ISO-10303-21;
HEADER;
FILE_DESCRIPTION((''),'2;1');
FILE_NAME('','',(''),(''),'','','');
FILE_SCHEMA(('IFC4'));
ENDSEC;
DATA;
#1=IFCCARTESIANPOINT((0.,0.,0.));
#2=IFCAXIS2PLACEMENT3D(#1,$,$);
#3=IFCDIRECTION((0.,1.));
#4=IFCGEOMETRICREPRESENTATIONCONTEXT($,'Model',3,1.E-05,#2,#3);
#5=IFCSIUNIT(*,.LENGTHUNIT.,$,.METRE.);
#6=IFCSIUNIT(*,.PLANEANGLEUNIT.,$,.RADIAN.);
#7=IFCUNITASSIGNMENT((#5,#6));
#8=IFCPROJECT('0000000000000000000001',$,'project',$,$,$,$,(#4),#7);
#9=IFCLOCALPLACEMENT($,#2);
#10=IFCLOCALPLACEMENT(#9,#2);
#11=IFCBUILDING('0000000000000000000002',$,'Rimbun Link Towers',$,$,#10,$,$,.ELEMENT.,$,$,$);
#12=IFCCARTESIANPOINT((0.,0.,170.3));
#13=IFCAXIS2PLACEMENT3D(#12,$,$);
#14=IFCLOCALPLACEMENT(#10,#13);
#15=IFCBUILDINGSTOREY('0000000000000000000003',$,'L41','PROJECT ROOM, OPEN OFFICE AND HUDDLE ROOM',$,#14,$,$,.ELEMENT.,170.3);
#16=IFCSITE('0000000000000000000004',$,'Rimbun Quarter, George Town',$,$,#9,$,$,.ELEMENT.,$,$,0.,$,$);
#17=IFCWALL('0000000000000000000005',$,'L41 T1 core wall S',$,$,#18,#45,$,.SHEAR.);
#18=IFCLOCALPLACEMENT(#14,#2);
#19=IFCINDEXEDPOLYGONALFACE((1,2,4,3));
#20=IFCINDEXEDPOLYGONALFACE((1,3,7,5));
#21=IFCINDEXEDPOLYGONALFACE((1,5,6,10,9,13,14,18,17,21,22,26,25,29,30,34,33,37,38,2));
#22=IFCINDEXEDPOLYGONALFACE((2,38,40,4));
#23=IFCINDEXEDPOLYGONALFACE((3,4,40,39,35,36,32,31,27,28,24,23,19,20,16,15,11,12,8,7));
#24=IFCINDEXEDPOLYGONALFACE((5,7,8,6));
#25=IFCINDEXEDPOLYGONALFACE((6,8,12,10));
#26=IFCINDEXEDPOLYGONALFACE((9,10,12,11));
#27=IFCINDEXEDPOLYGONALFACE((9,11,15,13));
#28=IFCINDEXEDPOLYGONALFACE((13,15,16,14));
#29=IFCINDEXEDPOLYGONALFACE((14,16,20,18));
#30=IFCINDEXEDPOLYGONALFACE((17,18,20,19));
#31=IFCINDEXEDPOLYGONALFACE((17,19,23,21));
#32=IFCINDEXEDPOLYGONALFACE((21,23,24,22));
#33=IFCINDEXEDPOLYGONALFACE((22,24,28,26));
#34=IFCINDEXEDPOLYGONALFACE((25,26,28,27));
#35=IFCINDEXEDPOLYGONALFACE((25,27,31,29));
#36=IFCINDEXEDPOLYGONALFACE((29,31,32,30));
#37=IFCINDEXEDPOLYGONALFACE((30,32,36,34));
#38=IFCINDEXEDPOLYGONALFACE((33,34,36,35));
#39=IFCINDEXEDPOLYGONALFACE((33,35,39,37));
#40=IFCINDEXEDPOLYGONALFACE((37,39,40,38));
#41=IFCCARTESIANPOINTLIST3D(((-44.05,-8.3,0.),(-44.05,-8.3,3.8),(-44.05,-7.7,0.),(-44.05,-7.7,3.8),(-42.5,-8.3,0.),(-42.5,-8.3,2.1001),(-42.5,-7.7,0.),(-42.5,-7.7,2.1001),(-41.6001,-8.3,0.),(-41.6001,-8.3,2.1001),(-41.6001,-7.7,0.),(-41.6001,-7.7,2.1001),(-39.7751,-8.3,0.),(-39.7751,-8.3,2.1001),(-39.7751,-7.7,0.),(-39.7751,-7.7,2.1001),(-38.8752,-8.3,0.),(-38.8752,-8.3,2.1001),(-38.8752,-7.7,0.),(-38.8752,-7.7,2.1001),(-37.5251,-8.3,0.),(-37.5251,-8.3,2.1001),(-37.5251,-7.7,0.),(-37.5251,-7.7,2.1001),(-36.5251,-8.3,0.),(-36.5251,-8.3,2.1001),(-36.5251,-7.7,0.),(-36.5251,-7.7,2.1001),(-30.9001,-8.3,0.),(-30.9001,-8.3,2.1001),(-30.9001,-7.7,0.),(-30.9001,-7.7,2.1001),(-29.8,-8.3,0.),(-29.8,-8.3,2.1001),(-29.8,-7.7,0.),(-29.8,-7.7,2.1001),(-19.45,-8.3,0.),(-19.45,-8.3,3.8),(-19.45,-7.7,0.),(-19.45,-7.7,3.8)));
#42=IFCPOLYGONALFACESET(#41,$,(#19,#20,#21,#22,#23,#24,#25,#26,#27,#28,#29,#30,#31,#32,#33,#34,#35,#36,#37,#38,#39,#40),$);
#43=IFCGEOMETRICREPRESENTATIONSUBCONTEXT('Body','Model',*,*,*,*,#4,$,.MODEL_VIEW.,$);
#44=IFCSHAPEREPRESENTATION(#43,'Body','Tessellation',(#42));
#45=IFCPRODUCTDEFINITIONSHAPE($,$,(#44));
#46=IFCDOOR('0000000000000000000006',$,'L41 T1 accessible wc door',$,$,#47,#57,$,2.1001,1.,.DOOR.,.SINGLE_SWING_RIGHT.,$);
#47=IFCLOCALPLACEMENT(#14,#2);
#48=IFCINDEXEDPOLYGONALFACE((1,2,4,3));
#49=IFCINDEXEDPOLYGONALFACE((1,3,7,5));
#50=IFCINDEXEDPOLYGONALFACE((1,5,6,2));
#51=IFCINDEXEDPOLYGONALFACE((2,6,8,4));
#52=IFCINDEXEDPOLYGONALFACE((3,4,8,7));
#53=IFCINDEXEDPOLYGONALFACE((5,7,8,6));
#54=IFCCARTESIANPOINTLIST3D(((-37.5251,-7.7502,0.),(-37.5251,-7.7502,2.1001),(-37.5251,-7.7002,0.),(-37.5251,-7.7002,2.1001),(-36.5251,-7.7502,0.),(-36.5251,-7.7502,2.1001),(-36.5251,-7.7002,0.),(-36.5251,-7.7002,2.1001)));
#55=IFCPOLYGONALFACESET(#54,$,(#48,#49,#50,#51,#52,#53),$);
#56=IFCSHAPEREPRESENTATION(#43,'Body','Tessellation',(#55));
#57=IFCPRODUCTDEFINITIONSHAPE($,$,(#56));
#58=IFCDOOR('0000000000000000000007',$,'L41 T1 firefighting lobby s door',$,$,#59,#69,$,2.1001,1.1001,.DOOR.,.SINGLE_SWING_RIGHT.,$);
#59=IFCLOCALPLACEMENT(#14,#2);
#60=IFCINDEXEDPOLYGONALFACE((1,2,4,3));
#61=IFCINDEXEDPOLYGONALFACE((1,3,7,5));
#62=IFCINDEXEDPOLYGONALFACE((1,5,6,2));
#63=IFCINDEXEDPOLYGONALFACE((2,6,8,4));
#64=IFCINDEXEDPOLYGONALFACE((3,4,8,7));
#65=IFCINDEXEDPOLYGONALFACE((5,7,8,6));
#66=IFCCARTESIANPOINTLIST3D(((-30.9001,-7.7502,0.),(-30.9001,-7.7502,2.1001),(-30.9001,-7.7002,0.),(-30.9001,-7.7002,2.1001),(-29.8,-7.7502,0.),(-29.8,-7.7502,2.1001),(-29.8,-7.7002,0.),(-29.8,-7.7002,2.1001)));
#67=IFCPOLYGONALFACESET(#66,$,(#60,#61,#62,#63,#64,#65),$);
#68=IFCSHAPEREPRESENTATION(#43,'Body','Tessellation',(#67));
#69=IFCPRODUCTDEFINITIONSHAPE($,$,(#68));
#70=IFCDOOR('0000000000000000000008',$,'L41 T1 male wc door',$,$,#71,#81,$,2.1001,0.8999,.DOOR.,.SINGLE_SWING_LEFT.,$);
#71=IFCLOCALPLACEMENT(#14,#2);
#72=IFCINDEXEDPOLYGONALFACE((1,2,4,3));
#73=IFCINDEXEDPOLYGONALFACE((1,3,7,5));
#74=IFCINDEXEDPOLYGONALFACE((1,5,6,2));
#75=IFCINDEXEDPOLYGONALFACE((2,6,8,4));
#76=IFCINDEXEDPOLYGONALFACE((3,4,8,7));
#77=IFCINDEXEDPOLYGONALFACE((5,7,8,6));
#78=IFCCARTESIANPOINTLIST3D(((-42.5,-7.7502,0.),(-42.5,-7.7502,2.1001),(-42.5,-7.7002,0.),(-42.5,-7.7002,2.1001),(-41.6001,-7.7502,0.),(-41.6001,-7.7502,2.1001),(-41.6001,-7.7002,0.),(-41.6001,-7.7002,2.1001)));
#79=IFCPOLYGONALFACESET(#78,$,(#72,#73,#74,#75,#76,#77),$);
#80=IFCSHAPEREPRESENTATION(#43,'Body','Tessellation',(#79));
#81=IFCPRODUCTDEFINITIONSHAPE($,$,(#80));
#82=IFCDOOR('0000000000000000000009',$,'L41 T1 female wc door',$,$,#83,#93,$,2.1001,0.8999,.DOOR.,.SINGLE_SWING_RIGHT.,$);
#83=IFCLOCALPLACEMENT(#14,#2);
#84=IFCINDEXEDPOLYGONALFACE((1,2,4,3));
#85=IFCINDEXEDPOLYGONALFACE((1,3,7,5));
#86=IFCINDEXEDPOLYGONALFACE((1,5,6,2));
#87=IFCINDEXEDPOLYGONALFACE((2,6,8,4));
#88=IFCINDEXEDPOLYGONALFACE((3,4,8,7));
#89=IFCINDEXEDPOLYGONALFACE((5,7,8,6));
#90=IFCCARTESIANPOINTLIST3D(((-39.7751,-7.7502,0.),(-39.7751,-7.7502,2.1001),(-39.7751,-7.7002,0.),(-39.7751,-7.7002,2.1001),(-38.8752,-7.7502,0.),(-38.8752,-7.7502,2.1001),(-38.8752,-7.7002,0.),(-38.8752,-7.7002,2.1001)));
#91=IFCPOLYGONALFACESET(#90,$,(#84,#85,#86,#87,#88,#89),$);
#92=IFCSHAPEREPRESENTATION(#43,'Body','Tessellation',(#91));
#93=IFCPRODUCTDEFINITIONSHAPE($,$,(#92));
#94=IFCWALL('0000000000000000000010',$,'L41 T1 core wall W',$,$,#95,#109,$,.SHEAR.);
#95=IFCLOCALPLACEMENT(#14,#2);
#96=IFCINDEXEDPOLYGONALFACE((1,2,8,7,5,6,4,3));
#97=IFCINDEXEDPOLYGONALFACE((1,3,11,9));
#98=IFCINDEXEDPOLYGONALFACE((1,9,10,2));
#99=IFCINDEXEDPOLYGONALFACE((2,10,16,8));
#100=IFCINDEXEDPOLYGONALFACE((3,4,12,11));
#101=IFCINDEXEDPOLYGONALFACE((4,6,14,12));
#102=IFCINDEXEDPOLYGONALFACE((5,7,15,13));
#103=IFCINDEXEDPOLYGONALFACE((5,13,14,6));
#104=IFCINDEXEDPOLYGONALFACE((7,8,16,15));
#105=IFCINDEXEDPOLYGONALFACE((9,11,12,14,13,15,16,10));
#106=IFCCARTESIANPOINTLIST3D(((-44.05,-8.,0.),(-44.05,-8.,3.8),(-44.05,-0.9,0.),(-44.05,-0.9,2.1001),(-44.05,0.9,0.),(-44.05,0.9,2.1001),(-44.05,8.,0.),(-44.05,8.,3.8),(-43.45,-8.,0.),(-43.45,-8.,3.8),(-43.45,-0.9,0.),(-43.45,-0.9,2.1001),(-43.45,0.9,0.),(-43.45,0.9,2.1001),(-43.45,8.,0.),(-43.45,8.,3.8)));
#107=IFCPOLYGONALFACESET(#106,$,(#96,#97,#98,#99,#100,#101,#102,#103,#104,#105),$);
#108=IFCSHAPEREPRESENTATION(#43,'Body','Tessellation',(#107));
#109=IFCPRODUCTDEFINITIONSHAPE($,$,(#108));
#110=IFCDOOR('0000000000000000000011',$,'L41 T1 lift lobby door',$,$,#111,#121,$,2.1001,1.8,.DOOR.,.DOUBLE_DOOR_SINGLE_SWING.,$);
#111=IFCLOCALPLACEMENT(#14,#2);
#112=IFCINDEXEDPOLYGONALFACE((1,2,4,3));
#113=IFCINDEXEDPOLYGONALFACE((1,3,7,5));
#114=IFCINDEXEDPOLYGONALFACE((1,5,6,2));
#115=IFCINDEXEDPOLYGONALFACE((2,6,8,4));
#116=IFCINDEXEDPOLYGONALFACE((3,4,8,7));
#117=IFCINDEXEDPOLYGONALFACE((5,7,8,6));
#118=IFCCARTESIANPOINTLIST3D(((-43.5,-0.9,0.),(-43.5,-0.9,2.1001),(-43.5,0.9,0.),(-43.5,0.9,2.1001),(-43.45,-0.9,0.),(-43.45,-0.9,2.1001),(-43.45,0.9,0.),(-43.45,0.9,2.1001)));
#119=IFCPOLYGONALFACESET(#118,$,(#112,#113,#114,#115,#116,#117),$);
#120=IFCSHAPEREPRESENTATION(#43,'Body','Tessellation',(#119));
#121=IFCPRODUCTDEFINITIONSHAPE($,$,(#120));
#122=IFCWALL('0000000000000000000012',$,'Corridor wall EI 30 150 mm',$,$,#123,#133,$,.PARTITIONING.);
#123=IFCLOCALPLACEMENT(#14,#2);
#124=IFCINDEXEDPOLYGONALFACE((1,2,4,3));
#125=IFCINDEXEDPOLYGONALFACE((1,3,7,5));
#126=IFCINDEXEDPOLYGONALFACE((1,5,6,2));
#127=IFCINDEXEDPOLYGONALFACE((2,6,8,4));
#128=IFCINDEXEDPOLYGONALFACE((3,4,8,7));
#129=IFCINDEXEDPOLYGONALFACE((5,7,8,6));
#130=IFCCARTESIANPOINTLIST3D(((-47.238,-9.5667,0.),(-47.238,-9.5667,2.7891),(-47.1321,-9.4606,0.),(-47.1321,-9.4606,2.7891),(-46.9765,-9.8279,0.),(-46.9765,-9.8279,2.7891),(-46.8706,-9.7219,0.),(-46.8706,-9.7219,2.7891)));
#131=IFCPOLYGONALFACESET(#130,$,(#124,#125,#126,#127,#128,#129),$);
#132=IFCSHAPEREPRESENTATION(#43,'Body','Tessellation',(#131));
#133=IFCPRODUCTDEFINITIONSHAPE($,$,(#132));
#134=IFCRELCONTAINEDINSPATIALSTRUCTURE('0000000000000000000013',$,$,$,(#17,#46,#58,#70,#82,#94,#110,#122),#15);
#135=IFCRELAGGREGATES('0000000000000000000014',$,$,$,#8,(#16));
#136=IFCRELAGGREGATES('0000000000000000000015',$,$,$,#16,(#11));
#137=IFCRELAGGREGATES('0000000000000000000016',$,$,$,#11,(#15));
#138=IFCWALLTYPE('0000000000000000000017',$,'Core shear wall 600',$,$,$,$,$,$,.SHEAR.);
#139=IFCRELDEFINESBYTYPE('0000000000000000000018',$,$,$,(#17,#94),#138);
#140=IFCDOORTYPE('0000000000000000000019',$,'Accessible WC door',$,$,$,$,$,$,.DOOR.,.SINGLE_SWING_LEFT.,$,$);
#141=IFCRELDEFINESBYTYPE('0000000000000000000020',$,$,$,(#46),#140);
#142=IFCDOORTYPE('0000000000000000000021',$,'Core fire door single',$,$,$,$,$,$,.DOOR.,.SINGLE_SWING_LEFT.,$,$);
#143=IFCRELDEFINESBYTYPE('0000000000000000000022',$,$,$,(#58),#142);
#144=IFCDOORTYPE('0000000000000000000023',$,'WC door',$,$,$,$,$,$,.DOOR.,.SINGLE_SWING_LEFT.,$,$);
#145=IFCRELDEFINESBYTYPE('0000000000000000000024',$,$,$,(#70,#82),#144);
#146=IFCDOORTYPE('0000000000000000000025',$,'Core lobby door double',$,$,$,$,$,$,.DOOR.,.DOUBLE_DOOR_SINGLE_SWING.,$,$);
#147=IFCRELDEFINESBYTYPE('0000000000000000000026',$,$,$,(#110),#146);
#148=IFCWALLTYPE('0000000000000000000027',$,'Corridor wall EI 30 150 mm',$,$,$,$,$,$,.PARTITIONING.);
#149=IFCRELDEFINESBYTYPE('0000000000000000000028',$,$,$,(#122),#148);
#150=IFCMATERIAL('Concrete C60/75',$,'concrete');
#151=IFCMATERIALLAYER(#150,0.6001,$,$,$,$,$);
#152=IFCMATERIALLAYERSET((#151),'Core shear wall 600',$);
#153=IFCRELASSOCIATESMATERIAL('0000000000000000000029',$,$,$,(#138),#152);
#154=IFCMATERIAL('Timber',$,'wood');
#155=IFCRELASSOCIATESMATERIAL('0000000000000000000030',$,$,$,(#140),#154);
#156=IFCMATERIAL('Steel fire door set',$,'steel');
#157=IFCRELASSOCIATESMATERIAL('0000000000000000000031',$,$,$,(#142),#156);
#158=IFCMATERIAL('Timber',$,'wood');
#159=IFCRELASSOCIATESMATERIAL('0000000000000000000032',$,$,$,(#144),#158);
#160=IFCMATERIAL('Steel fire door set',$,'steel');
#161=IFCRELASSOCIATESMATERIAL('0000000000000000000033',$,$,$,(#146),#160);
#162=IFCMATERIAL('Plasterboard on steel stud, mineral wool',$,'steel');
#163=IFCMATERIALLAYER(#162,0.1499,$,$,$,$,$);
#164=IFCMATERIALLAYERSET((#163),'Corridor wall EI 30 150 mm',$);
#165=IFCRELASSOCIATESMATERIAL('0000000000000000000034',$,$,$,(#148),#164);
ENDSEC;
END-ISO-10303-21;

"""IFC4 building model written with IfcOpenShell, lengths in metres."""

from ifc_helpers import new_model, si_unit, direction, frame, frame_2d, origin, place, context, subcontext, project, spatial, rectangle, extrude, material, layer, layer_set, type_object, element, fill, save


model = new_model("IFC4")

# Units and contexts
model_context = context("Model", 3, precision=1e-05, world=origin(), true_north=direction((0.0, 1.0)))
body_context = subcontext(model_context, "Body", "Model", "MODEL_VIEW")
ifc_project = project(units=[si_unit("LENGTHUNIT", "METRE"), si_unit("PLANEANGLEUNIT", "RADIAN")], contexts=[model_context])

# Site, building, storey
site_placement = place(None, origin())
site = spatial("IfcSite", under=ifc_project, at=site_placement, Name="Rimbun Quarter, George Town", CompositionType="ELEMENT", RefElevation=0.0)
building_placement = place(site_placement, origin())
building = spatial("IfcBuilding", under=site, at=building_placement, Name="Rimbun Link Towers", CompositionType="ELEMENT")
storey_placement = place(building_placement, frame((0.0, 0.0, 170.3)))
storey = spatial("IfcBuildingStorey", under=building, at=storey_placement, Name="L41", Description="PROJECT ROOM, OPEN OFFICE AND HUDDLE ROOM", CompositionType="ELEMENT", Elevation=170.3)

# Wall, openings, doors
ifc_material_1 = material(Name="Concrete C60/75", Category="concrete")
ifc_layer_1 = layer(ifc_material_1, 0.6001)
ifc_layer_set_1 = layer_set([ifc_layer_1], Name="Core shear wall 600")
wall_type_1 = type_object("IfcWallType", Name="Core shear wall 600", PredefinedType="SHEAR", material=ifc_layer_set_1)
wall_1_placement = place(storey_placement, frame((-44.05, -8.0, 0.0), z_axis=(0.0, 0.0, 1.0), x_axis=(1.0, 0.0, 0.0)))
wall_1 = element("IfcWall", 1, at=wall_1_placement, inside=storey, type_object=wall_type_1, Name="L41 T1 core wall S", PredefinedType="SHEAR", context=body_context, shape_type="SweptSolid", body=[
    extrude(rectangle(XDim=24.6001, YDim=0.6001, at=frame_2d((12.3, 0.0))), origin(), (0.0, 0.0, 1.0), 3.8),
])
opening_1_placement = place(wall_1_placement, frame((13.1499, 0.0, 0.0)))
opening_1 = element("IfcOpeningElement", 2, at=opening_1_placement, cuts=wall_1, PredefinedType="OPENING", context=body_context, shape_type="SweptSolid", body=[
    extrude(rectangle(XDim=1.1001, YDim=2.1001, at=frame_2d((0.55, 1.05))), frame((0.0, 0.3101, 0.0), z_axis=(0.0, -1.0, 0.0), x_axis=(1.0, 0.0, 0.0)), (0.0, 0.0, 1.0), 0.6201),
])
opening_2_placement = place(wall_1_placement, frame((1.55, 0.0, 0.0)))
opening_2 = element("IfcOpeningElement", 3, at=opening_2_placement, cuts=wall_1, PredefinedType="OPENING", context=body_context, shape_type="SweptSolid", body=[
    extrude(rectangle(XDim=0.8999, YDim=2.1001, at=frame_2d((0.45, 1.05))), frame((0.0, 0.3101, 0.0), z_axis=(0.0, -1.0, 0.0), x_axis=(1.0, 0.0, 0.0)), (0.0, 0.0, 1.0), 0.6201),
])
opening_3_placement = place(wall_1_placement, frame((4.2749, 0.0, 0.0)))
opening_3 = element("IfcOpeningElement", 4, at=opening_3_placement, cuts=wall_1, PredefinedType="OPENING", context=body_context, shape_type="SweptSolid", body=[
    extrude(rectangle(XDim=0.8999, YDim=2.1001, at=frame_2d((0.45, 1.05))), frame((0.0, 0.3101, 0.0), z_axis=(0.0, -1.0, 0.0), x_axis=(1.0, 0.0, 0.0)), (0.0, 0.0, 1.0), 0.6201),
])
opening_4_placement = place(wall_1_placement, frame((6.5249, 0.0, 0.0)))
opening_4 = element("IfcOpeningElement", 5, at=opening_4_placement, cuts=wall_1, PredefinedType="OPENING", context=body_context, shape_type="SweptSolid", body=[
    extrude(rectangle(XDim=1.0, YDim=2.1001, at=frame_2d((0.5, 1.05))), frame((0.0, 0.3101, 0.0), z_axis=(0.0, -1.0, 0.0), x_axis=(1.0, 0.0, 0.0)), (0.0, 0.0, 1.0), 0.6201),
])
ifc_material_2 = material(Name="Timber", Category="wood")
door_type_1 = type_object("IfcDoorType", Name="Accessible WC door", OperationType="SINGLE_SWING_LEFT", PredefinedType="DOOR", material=ifc_material_2)
door_1_placement = place(opening_4_placement, origin())
door_1 = element("IfcDoor", 6, at=door_1_placement, inside=storey, type_object=door_type_1, Name="L41 T1 accessible wc door", OperationType="SINGLE_SWING_RIGHT", OverallHeight=2.1001, OverallWidth=1.0, PredefinedType="DOOR", context=body_context, shape_type="SweptSolid", body=[
    extrude(rectangle(XDim=1.0, YDim=2.1001, at=frame_2d((0.5, 1.05))), frame((0.0, 0.2998, 0.0), z_axis=(0.0, -1.0, 0.0), x_axis=(1.0, 0.0, 0.0)), (0.0, 0.0, 1.0), 0.05),
])
fill(opening_4, door_1)
ifc_material_3 = material(Name="Steel fire door set", Category="steel")
door_type_2 = type_object("IfcDoorType", Name="Core fire door single", OperationType="SINGLE_SWING_LEFT", PredefinedType="DOOR", material=ifc_material_3)
door_2_placement = place(opening_1_placement, origin())
door_2 = element("IfcDoor", 7, at=door_2_placement, inside=storey, type_object=door_type_2, Name="L41 T1 firefighting lobby s door", OperationType="SINGLE_SWING_RIGHT", OverallHeight=2.1001, OverallWidth=1.1001, PredefinedType="DOOR", context=body_context, shape_type="SweptSolid", body=[
    extrude(rectangle(XDim=1.1001, YDim=2.1001, at=frame_2d((0.55, 1.05))), frame((0.0, 0.2998, 0.0), z_axis=(0.0, -1.0, 0.0), x_axis=(1.0, 0.0, 0.0)), (0.0, 0.0, 1.0), 0.05),
])
fill(opening_1, door_2)
ifc_material_4 = material(Name="Timber", Category="wood")
door_type_3 = type_object("IfcDoorType", Name="WC door", OperationType="SINGLE_SWING_LEFT", PredefinedType="DOOR", material=ifc_material_4)
door_3_placement = place(opening_2_placement, origin())
door_3 = element("IfcDoor", 8, at=door_3_placement, inside=storey, type_object=door_type_3, Name="L41 T1 male wc door", OperationType="SINGLE_SWING_LEFT", OverallHeight=2.1001, OverallWidth=0.8999, PredefinedType="DOOR", context=body_context, shape_type="SweptSolid", body=[
    extrude(rectangle(XDim=0.8999, YDim=2.1001, at=frame_2d((0.45, 1.05))), frame((0.0, 0.2998, 0.0), z_axis=(0.0, -1.0, 0.0), x_axis=(1.0, 0.0, 0.0)), (0.0, 0.0, 1.0), 0.05),
])
fill(opening_2, door_3)
door_4_placement = place(opening_3_placement, origin())
door_4 = element("IfcDoor", 9, at=door_4_placement, inside=storey, type_object=door_type_3, Name="L41 T1 female wc door", OperationType="SINGLE_SWING_RIGHT", OverallHeight=2.1001, OverallWidth=0.8999, PredefinedType="DOOR", context=body_context, shape_type="SweptSolid", body=[
    extrude(rectangle(XDim=0.8999, YDim=2.1001, at=frame_2d((0.45, 1.05))), frame((0.0, 0.2998, 0.0), z_axis=(0.0, -1.0, 0.0), x_axis=(1.0, 0.0, 0.0)), (0.0, 0.0, 1.0), 0.05),
])
fill(opening_3, door_4)

# Wall, opening, door
wall_2_placement = place(storey_placement, frame((-43.75, -8.0, 0.0), z_axis=(0.0, 0.0, 1.0), x_axis=(0.0, 1.0, 0.0)))
wall_2 = element("IfcWall", 10, at=wall_2_placement, inside=storey, type_object=wall_type_1, Name="L41 T1 core wall W", PredefinedType="SHEAR", context=body_context, shape_type="SweptSolid", body=[
    extrude(rectangle(XDim=16.0, YDim=0.6001, at=frame_2d((8.0, 0.0))), origin(), (0.0, 0.0, 1.0), 3.8),
])
opening_5_placement = place(wall_2_placement, frame((7.1001, 0.0, 0.0)))
opening_5 = element("IfcOpeningElement", 11, at=opening_5_placement, cuts=wall_2, PredefinedType="OPENING", context=body_context, shape_type="SweptSolid", body=[
    extrude(rectangle(XDim=1.8, YDim=2.1001, at=frame_2d((0.8999, 1.05))), frame((0.0, 0.3101, 0.0), z_axis=(0.0, -1.0, 0.0), x_axis=(1.0, 0.0, 0.0)), (0.0, 0.0, 1.0), 0.6201),
])
ifc_material_5 = material(Name="Steel fire door set", Category="steel")
door_type_4 = type_object("IfcDoorType", Name="Core lobby door double", OperationType="DOUBLE_DOOR_SINGLE_SWING", PredefinedType="DOOR", material=ifc_material_5)
door_5_placement = place(opening_5_placement, origin())
door_5 = element("IfcDoor", 12, at=door_5_placement, inside=storey, type_object=door_type_4, Name="L41 T1 lift lobby door", OperationType="DOUBLE_DOOR_SINGLE_SWING", OverallHeight=2.1001, OverallWidth=1.8, PredefinedType="DOOR", context=body_context, shape_type="SweptSolid", body=[
    extrude(rectangle(XDim=1.8, YDim=2.1001, at=frame_2d((0.8999, 1.05))), frame((0.0, -0.25, 0.0), z_axis=(0.0, -1.0, 0.0), x_axis=(1.0, 0.0, 0.0)), (0.0, 0.0, 1.0), 0.05),
])
fill(opening_5, door_5)

# Wall
ifc_material_6 = material(Name="Plasterboard on steel stud, mineral wool", Category="steel")
ifc_layer_2 = layer(ifc_material_6, 0.1499)
ifc_layer_set_2 = layer_set([ifc_layer_2], Name="Corridor wall EI 30 150 mm")
wall_type_2 = type_object("IfcWallType", Name="Corridor wall EI 30 150 mm", PredefinedType="PARTITIONING", material=ifc_layer_set_2)
wall_3_placement = place(storey_placement, frame((-47.1851, -9.5137, 0.0), z_axis=(0.0, 0.0, 1.0), x_axis=(0.707437, -0.706776, 0.0)))
element("IfcWall", 13, at=wall_3_placement, inside=storey, type_object=wall_type_2, Name="Corridor wall EI 30 150 mm", PredefinedType="PARTITIONING", context=body_context, shape_type="SweptSolid", body=[
    extrude(rectangle(XDim=0.3696, YDim=0.1499, at=frame_2d((0.1848, 0.0))), origin(), (0.0, 0.0, 1.0), 2.7891),
])

save(model, "model.ifc")
